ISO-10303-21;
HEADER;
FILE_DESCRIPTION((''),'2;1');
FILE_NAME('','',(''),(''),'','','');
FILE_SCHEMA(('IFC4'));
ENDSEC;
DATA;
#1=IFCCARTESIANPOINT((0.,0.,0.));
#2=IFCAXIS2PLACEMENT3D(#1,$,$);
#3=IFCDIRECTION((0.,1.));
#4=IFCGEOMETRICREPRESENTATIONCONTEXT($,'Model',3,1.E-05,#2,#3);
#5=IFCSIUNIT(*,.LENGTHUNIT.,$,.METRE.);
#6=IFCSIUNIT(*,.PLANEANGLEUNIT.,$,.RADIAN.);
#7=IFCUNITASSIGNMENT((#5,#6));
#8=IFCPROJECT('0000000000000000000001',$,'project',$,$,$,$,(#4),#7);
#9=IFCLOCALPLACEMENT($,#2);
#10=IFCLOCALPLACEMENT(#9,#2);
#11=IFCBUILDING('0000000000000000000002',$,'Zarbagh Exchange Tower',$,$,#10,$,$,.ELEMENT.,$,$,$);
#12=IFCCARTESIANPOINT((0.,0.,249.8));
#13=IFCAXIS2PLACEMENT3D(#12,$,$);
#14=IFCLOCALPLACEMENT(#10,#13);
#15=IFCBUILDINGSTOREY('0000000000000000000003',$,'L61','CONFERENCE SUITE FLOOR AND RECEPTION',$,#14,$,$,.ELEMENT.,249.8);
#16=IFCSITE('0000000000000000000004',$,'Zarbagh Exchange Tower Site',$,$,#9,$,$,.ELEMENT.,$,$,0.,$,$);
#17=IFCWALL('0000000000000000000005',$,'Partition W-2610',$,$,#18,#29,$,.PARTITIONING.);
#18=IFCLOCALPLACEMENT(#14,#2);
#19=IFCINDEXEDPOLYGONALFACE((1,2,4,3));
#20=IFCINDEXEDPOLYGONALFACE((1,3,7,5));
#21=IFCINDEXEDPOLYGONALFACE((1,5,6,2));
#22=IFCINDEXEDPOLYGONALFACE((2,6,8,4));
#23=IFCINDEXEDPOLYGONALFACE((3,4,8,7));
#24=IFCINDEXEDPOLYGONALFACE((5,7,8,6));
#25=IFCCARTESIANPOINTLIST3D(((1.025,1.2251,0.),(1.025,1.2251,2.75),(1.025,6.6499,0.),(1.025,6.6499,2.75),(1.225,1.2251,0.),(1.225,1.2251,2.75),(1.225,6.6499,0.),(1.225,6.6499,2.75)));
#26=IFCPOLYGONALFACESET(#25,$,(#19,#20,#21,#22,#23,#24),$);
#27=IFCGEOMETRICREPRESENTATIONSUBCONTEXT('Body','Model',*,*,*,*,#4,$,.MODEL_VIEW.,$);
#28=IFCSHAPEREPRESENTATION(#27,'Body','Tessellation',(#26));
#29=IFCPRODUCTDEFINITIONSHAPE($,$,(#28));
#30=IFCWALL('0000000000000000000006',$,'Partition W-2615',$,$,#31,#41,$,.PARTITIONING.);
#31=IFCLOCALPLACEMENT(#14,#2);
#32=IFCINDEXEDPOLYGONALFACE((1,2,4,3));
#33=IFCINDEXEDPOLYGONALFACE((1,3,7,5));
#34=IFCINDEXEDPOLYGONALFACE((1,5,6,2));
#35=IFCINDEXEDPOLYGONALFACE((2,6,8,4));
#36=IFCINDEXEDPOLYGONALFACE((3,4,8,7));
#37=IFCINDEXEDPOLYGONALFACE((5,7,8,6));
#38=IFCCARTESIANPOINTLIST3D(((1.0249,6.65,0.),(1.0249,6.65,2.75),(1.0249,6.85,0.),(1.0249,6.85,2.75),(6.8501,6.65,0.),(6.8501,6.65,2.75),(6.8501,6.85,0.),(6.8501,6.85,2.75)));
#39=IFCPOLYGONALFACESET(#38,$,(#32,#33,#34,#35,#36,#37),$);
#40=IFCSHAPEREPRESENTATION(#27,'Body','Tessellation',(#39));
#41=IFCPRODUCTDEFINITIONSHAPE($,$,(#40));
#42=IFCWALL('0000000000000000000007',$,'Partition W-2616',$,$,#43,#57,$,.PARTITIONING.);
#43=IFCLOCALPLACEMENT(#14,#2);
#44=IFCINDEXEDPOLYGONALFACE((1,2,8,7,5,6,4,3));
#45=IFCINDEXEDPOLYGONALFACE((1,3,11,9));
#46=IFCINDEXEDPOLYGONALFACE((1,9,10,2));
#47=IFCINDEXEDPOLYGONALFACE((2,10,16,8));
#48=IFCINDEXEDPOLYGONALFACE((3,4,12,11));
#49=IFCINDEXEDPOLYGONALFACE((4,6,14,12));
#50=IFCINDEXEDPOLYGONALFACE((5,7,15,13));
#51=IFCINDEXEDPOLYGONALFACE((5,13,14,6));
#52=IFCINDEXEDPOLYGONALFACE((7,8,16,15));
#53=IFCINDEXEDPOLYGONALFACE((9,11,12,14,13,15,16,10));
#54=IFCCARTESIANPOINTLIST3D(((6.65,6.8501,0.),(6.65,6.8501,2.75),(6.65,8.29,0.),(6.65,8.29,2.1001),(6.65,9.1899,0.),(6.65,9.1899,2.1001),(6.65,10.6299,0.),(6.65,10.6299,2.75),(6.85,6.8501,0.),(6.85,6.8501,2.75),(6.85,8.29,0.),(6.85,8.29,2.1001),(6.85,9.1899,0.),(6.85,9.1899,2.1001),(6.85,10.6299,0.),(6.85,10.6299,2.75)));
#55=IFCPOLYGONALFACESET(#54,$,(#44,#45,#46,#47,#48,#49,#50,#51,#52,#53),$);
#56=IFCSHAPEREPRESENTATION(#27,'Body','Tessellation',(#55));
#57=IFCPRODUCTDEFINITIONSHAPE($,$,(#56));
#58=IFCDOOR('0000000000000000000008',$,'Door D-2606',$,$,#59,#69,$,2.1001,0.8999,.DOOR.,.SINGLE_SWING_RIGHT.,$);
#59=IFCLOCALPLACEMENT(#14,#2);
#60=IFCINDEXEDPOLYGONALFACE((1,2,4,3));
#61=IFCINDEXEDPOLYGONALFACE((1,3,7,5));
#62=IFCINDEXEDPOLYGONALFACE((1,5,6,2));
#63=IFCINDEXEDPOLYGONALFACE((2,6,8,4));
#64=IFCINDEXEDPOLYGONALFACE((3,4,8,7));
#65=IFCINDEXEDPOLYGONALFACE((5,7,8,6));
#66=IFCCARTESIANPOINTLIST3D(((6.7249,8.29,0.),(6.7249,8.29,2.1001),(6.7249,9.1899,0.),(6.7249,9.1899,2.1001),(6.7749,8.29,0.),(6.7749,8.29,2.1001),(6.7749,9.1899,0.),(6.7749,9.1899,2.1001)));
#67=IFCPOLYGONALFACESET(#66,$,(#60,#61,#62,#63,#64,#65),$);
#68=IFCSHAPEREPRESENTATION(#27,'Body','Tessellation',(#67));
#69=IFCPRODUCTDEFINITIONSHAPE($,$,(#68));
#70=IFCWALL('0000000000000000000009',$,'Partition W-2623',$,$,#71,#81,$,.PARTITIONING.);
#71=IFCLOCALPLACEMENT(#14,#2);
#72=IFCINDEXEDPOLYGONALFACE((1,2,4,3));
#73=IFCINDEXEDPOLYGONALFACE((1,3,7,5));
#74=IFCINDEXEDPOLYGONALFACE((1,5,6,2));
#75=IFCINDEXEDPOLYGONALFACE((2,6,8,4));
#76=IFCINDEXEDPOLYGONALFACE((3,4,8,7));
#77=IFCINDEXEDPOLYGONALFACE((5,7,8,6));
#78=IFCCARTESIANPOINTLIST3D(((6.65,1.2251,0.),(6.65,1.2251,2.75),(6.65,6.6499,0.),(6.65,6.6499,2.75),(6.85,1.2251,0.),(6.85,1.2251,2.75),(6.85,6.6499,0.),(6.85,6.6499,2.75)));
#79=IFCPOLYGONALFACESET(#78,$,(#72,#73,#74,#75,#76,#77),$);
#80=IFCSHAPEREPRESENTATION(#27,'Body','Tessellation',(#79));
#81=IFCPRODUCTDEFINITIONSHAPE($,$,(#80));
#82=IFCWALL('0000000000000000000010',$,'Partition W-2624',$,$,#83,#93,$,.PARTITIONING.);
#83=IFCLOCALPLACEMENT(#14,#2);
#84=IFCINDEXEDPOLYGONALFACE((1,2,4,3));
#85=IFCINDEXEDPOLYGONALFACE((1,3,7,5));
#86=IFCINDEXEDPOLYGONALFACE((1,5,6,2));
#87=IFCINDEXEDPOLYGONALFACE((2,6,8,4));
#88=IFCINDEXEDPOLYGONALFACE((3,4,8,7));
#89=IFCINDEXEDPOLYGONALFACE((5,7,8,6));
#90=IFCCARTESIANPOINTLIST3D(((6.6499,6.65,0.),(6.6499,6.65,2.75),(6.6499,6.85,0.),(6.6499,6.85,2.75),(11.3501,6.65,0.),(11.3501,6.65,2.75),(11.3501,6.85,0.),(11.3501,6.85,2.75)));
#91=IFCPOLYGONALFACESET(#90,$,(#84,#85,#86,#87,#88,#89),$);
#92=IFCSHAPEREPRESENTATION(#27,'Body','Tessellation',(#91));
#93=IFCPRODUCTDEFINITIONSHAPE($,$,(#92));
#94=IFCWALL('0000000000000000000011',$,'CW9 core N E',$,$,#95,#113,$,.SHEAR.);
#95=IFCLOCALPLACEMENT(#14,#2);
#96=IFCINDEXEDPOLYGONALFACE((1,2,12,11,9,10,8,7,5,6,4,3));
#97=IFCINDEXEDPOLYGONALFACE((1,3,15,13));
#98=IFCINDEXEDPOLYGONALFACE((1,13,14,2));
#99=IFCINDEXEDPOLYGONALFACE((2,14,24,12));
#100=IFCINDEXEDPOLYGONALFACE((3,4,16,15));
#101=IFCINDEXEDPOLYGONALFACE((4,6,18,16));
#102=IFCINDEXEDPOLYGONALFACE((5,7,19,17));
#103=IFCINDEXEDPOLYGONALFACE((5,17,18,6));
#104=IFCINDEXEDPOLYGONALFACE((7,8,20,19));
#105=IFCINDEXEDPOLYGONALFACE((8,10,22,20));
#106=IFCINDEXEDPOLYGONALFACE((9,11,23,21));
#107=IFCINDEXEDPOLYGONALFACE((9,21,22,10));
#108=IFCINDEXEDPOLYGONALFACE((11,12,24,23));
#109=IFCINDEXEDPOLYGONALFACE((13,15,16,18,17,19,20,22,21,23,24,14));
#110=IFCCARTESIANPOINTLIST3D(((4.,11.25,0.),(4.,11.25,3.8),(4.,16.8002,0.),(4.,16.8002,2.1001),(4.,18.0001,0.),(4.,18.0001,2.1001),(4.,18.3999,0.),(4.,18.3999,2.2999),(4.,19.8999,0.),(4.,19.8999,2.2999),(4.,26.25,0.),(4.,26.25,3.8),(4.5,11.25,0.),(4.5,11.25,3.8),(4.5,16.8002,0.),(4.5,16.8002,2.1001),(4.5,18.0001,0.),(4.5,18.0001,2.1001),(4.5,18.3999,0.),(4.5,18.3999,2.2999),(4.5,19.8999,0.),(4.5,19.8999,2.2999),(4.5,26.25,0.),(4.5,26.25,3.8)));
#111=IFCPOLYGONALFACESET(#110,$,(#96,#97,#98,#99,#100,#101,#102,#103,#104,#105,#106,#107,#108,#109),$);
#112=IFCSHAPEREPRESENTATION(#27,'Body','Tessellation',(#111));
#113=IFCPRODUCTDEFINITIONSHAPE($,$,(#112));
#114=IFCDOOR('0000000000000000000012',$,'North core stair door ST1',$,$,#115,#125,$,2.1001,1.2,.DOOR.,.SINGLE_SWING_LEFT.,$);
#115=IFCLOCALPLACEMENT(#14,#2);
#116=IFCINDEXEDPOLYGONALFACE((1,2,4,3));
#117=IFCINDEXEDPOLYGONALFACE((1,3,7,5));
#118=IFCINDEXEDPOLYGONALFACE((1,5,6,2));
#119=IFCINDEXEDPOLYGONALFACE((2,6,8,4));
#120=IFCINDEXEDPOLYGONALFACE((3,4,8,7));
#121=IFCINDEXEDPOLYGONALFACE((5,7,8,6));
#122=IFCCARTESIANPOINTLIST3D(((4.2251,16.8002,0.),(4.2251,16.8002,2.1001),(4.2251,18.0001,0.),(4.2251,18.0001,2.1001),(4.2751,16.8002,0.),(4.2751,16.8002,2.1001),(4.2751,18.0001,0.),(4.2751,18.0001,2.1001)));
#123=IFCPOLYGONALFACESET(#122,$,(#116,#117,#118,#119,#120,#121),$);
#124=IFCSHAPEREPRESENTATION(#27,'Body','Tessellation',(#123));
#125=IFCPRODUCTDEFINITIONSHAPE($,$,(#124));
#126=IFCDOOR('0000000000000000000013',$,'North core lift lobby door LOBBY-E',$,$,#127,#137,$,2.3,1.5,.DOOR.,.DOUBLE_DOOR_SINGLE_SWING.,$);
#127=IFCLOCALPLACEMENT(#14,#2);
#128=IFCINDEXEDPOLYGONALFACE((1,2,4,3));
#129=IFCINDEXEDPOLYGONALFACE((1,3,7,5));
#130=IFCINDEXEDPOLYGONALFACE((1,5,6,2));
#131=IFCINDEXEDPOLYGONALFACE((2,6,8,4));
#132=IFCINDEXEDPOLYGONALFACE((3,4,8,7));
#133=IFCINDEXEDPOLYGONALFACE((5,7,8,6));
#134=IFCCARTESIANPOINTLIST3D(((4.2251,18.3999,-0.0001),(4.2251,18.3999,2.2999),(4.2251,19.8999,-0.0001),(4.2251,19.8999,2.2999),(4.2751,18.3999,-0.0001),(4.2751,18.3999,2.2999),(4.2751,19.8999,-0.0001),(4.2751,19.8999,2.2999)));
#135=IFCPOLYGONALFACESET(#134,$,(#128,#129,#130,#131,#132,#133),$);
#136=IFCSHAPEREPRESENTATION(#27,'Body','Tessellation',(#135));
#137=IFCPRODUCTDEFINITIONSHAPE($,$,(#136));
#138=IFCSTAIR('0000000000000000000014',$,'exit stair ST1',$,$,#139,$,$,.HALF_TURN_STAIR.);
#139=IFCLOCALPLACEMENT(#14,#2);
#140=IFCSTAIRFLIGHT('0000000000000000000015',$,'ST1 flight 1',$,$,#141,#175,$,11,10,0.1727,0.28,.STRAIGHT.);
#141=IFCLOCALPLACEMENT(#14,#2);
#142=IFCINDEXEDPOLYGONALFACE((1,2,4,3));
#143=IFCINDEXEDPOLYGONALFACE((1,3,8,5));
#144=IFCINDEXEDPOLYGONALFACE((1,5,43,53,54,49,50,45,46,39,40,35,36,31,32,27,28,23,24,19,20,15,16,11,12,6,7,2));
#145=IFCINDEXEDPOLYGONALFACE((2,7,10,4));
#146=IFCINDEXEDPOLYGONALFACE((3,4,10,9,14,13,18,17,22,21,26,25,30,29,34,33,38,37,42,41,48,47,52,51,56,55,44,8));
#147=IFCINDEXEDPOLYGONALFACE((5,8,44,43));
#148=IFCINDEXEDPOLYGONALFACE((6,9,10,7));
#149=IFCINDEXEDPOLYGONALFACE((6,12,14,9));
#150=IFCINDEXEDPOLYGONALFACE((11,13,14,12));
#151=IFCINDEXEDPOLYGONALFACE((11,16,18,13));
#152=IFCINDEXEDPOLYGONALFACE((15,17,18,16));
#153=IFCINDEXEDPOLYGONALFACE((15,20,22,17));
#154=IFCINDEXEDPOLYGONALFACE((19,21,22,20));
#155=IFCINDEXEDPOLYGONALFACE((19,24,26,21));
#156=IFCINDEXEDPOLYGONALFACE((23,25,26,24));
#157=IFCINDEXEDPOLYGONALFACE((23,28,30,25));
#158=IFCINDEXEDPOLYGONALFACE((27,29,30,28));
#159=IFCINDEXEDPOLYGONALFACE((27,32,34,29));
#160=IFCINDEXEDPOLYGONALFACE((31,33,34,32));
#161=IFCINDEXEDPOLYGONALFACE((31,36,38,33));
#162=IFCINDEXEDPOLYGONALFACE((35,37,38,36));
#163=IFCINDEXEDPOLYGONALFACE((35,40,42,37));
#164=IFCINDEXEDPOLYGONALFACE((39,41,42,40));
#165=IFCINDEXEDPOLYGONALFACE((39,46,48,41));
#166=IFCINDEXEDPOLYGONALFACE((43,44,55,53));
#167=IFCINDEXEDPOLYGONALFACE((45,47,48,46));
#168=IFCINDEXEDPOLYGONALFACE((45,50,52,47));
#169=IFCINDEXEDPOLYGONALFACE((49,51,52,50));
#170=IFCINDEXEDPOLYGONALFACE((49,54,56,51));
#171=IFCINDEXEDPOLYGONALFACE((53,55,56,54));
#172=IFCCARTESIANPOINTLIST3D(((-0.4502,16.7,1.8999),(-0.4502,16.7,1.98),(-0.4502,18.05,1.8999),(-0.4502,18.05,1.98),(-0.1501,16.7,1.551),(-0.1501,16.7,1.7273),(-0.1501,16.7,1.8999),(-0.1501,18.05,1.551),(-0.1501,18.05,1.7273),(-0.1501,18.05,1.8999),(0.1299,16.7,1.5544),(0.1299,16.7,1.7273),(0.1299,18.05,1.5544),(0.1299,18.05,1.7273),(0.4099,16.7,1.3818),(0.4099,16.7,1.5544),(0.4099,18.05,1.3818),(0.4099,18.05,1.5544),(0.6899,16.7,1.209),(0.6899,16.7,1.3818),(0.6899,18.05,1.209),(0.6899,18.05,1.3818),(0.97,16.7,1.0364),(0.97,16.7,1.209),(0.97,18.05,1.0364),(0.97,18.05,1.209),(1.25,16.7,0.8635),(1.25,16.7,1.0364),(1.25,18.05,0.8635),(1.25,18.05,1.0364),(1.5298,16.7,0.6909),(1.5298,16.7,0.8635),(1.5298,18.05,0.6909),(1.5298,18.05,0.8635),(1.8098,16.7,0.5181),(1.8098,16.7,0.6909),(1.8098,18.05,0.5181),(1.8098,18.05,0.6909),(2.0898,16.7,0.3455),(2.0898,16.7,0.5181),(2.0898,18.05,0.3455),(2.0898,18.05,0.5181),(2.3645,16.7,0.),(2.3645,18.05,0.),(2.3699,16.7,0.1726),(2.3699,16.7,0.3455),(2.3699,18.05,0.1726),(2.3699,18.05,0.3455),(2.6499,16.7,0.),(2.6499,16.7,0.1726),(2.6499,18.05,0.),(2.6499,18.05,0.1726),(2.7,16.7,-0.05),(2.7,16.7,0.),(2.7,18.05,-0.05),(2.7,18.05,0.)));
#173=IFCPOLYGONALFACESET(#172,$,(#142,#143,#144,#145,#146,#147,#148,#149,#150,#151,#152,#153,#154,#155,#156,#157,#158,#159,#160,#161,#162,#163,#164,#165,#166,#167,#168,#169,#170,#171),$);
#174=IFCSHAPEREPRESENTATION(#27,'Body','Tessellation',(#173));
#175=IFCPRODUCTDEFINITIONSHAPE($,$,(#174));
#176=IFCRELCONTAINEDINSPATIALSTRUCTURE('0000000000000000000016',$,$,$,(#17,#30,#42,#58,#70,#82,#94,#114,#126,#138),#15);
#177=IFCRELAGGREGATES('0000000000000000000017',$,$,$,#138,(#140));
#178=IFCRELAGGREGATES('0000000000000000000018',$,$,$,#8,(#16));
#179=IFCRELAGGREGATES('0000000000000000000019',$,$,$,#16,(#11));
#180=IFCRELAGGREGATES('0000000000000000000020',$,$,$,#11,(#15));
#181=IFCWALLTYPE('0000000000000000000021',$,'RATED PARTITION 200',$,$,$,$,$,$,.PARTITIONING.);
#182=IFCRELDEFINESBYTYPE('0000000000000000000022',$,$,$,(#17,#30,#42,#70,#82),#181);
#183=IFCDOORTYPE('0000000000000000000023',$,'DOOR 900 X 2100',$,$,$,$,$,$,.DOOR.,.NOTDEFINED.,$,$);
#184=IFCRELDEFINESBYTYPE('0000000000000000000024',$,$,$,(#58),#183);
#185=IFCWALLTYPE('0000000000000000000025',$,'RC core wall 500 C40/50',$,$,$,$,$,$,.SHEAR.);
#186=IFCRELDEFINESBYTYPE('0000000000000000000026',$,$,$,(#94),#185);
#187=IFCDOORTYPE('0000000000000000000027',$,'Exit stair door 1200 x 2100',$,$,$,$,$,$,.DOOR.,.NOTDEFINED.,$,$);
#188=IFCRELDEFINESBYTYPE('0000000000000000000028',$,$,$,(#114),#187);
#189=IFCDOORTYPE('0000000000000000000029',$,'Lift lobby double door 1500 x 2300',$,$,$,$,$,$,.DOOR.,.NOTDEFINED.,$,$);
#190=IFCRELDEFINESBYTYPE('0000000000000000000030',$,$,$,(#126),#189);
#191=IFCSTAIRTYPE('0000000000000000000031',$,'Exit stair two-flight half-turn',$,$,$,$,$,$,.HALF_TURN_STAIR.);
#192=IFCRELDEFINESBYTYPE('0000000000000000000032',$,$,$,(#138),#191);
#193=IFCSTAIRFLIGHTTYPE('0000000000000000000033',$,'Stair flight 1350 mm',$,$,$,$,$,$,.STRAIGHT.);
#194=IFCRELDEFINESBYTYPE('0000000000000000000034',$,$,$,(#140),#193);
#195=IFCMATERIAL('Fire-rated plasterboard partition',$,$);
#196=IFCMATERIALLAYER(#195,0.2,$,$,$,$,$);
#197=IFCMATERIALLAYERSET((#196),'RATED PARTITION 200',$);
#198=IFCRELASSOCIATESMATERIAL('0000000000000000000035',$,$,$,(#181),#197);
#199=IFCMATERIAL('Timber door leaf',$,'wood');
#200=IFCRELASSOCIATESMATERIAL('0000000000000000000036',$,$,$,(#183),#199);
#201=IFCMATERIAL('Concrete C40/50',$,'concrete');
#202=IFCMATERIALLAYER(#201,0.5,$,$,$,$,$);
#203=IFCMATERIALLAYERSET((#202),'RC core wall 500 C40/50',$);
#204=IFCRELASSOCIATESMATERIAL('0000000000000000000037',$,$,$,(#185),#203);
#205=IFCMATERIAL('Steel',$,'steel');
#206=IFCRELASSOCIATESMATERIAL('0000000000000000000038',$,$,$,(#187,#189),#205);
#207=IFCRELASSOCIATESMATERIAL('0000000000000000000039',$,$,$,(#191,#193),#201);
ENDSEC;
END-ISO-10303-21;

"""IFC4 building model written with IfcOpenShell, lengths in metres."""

from ifc_helpers import new_model, si_unit, direction, frame, frame_2d, origin, place, context, subcontext, project, spatial, polyline, rectangle, outline, extrude, material, layer, layer_set, type_object, element, fill, aggregate, save


model = new_model("IFC4")

# Units and contexts
model_context = context("Model", 3, precision=1e-05, world=origin(), true_north=direction((0.0, 1.0)))
body_context = subcontext(model_context, "Body", "Model", "MODEL_VIEW")
ifc_project = project(units=[si_unit("LENGTHUNIT", "METRE"), si_unit("PLANEANGLEUNIT", "RADIAN")], contexts=[model_context])

# Site, building, storey
site_placement = place(None, origin())
site = spatial("IfcSite", under=ifc_project, at=site_placement, Name="Zarbagh Exchange Tower Site", CompositionType="ELEMENT", RefElevation=0.0)
building_placement = place(site_placement, origin())
building = spatial("IfcBuilding", under=site, at=building_placement, Name="Zarbagh Exchange Tower", CompositionType="ELEMENT")
storey_placement = place(building_placement, frame((0.0, 0.0, 249.8)))
storey = spatial("IfcBuildingStorey", under=building, at=storey_placement, Name="L61", Description="CONFERENCE SUITE FLOOR AND RECEPTION", CompositionType="ELEMENT", Elevation=249.8)

# Shared definitions
ifc_material_1 = material(Name="Concrete C40/50", Category="concrete")

# Shared definitions
ifc_material_2 = material(Name="Fire-rated plasterboard partition")
ifc_layer_1 = layer(ifc_material_2, 0.2)
ifc_layer_set_1 = layer_set([ifc_layer_1], Name="RATED PARTITION 200")
wall_type_1 = type_object("IfcWallType", Name="RATED PARTITION 200", PredefinedType="PARTITIONING", material=ifc_layer_set_1)

# Walls
wall_1_placement = place(storey_placement, frame((1.125, 1.2251, 0.0), z_axis=(0.0, 0.0, 1.0), x_axis=(0.0, 1.0, 0.0)))
element("IfcWall", 1, at=wall_1_placement, inside=storey, type_object=wall_type_1, Name="Partition W-2610", PredefinedType="PARTITIONING", context=body_context, shape_type="SweptSolid", body=[
    extrude(rectangle(XDim=5.4248, YDim=0.2, at=frame_2d((2.7124, 0.0))), origin(), (0.0, 0.0, 1.0), 2.75),
])
wall_2_placement = place(storey_placement, frame((1.0249, 6.75, 0.0), z_axis=(0.0, 0.0, 1.0), x_axis=(1.0, 0.0, 0.0)))
element("IfcWall", 2, at=wall_2_placement, inside=storey, type_object=wall_type_1, Name="Partition W-2615", PredefinedType="PARTITIONING", context=body_context, shape_type="SweptSolid", body=[
    extrude(rectangle(XDim=5.8252, YDim=0.2, at=frame_2d((2.9126, 0.0))), origin(), (0.0, 0.0, 1.0), 2.75),
])

# Wall, opening, door
wall_3_placement = place(storey_placement, frame((6.75, 10.6299, 0.0), z_axis=(0.0, 0.0, 1.0), x_axis=(0.0, -1.0, 0.0)))
wall_3 = element("IfcWall", 3, at=wall_3_placement, inside=storey, type_object=wall_type_1, Name="Partition W-2616", PredefinedType="PARTITIONING", context=body_context, shape_type="SweptSolid", body=[
    extrude(rectangle(XDim=3.7798, YDim=0.2, at=frame_2d((1.8899, 0.0))), origin(), (0.0, 0.0, 1.0), 2.75),
])
opening_1_placement = place(wall_3_placement, frame((1.4399, 0.0, 0.0)))
opening_1 = element("IfcOpeningElement", 4, at=opening_1_placement, cuts=wall_3, PredefinedType="OPENING", context=body_context, shape_type="SweptSolid", body=[
    extrude(rectangle(XDim=0.8999, YDim=2.1001, at=frame_2d((0.45, 1.05))), frame((0.0, 0.1099, 0.0), z_axis=(0.0, -1.0, 0.0), x_axis=(1.0, 0.0, 0.0)), (0.0, 0.0, 1.0), 0.22),
])
ifc_material_3 = material(Name="Timber door leaf", Category="wood")
door_type_1 = type_object("IfcDoorType", Name="DOOR 900 X 2100", OperationType="NOTDEFINED", PredefinedType="DOOR", material=ifc_material_3)
door_1_placement = place(opening_1_placement, origin())
door_1 = element("IfcDoor", 5, at=door_1_placement, inside=storey, type_object=door_type_1, Name="Door D-2606", OperationType="SINGLE_SWING_RIGHT", OverallHeight=2.1001, OverallWidth=0.8999, PredefinedType="DOOR", context=body_context, shape_type="SweptSolid", body=[
    extrude(rectangle(XDim=0.8999, YDim=2.1001, at=frame_2d((0.45, 1.05))), frame((0.0, 0.0249, 0.0), z_axis=(0.0, -1.0, 0.0), x_axis=(1.0, 0.0, 0.0)), (0.0, 0.0, 1.0), 0.05),
])
fill(opening_1, door_1)

# Walls
wall_4_placement = place(storey_placement, frame((6.75, 1.2251, 0.0), z_axis=(0.0, 0.0, 1.0), x_axis=(0.0, 1.0, 0.0)))
element("IfcWall", 6, at=wall_4_placement, inside=storey, type_object=wall_type_1, Name="Partition W-2623", PredefinedType="PARTITIONING", context=body_context, shape_type="SweptSolid", body=[
    extrude(rectangle(XDim=5.4248, YDim=0.2, at=frame_2d((2.7124, 0.0))), origin(), (0.0, 0.0, 1.0), 2.75),
])
wall_5_placement = place(storey_placement, frame((6.6499, 6.75, 0.0), z_axis=(0.0, 0.0, 1.0), x_axis=(1.0, 0.0, 0.0)))
element("IfcWall", 7, at=wall_5_placement, inside=storey, type_object=wall_type_1, Name="Partition W-2624", PredefinedType="PARTITIONING", context=body_context, shape_type="SweptSolid", body=[
    extrude(rectangle(XDim=4.7002, YDim=0.2, at=frame_2d((2.3501, 0.0))), origin(), (0.0, 0.0, 1.0), 2.75),
])

# Wall, openings, doors
ifc_layer_2 = layer(ifc_material_1, 0.5)
ifc_layer_set_2 = layer_set([ifc_layer_2], Name="RC core wall 500 C40/50")
wall_type_2 = type_object("IfcWallType", Name="RC core wall 500 C40/50", PredefinedType="SHEAR", material=ifc_layer_set_2)
wall_6_placement = place(storey_placement, frame((4.25, 11.25, 0.0), z_axis=(0.0, 0.0, 1.0), x_axis=(0.0, 1.0, 0.0)))
wall_6 = element("IfcWall", 8, at=wall_6_placement, inside=storey, type_object=wall_type_2, Name="CW9 core N E", PredefinedType="SHEAR", context=body_context, shape_type="SweptSolid", body=[
    extrude(rectangle(XDim=15.0, YDim=0.5, at=frame_2d((7.5, 0.0))), origin(), (0.0, 0.0, 1.0), 3.8),
])
opening_2_placement = place(wall_6_placement, frame((7.1499, 0.0, 0.0)))
opening_2 = element("IfcOpeningElement", 9, at=opening_2_placement, cuts=wall_6, PredefinedType="OPENING", context=body_context, shape_type="SweptSolid", body=[
    extrude(rectangle(XDim=1.5, YDim=2.3, at=frame_2d((0.75, 1.1499))), frame((0.0, 0.26, 0.0), z_axis=(0.0, -1.0, 0.0), x_axis=(1.0, 0.0, 0.0)), (0.0, 0.0, 1.0), 0.52),
])
opening_3_placement = place(wall_6_placement, frame((5.55, 0.0, 0.0)))
opening_3 = element("IfcOpeningElement", 10, at=opening_3_placement, cuts=wall_6, PredefinedType="OPENING", context=body_context, shape_type="SweptSolid", body=[
    extrude(rectangle(XDim=1.2, YDim=2.1001, at=frame_2d((0.6001, 1.05))), frame((0.0, 0.26, 0.0), z_axis=(0.0, -1.0, 0.0), x_axis=(1.0, 0.0, 0.0)), (0.0, 0.0, 1.0), 0.52),
])
ifc_material_4 = material(Name="Steel", Category="steel")
door_type_2 = type_object("IfcDoorType", Name="Exit stair door 1200 x 2100", OperationType="NOTDEFINED", PredefinedType="DOOR", material=ifc_material_4)
door_2_placement = place(opening_3_placement, origin())
door_2 = element("IfcDoor", 11, at=door_2_placement, inside=storey, type_object=door_type_2, Name="North core stair door ST1", OperationType="SINGLE_SWING_LEFT", OverallHeight=2.1001, OverallWidth=1.2, PredefinedType="DOOR", context=body_context, shape_type="SweptSolid", body=[
    extrude(rectangle(XDim=1.2, YDim=2.1001, at=frame_2d((0.6001, 1.05))), frame((0.0, 0.0249, 0.0), z_axis=(0.0, -1.0, 0.0), x_axis=(1.0, 0.0, 0.0)), (0.0, 0.0, 1.0), 0.05),
])
fill(opening_3, door_2)
door_type_3 = type_object("IfcDoorType", Name="Lift lobby double door 1500 x 2300", OperationType="NOTDEFINED", PredefinedType="DOOR", material=ifc_material_4)
door_3_placement = place(opening_2_placement, origin())
door_3 = element("IfcDoor", 12, at=door_3_placement, inside=storey, type_object=door_type_3, Name="North core lift lobby door LOBBY-E", OperationType="DOUBLE_DOOR_SINGLE_SWING", OverallHeight=2.3, OverallWidth=1.5, PredefinedType="DOOR", context=body_context, shape_type="SweptSolid", body=[
    extrude(rectangle(XDim=1.5, YDim=2.3, at=frame_2d((0.75, 1.1499))), frame((0.0, 0.0249, 0.0), z_axis=(0.0, -1.0, 0.0), x_axis=(1.0, 0.0, 0.0)), (0.0, 0.0, 1.0), 0.05),
])
fill(opening_2, door_3)

# Stair, stair flight
stair_type = type_object("IfcStairType", Name="Exit stair two-flight half-turn", PredefinedType="HALF_TURN_STAIR", material=ifc_material_1)
stair_placement = place(storey_placement, origin())
stair = element("IfcStair", 13, at=stair_placement, inside=storey, type_object=stair_type, Name="exit stair ST1", PredefinedType="HALF_TURN_STAIR")
stair_flight_type = type_object("IfcStairFlightType", Name="Stair flight 1350 mm", PredefinedType="STRAIGHT", material=ifc_material_1)
stair_flight_placement = place(storey_placement, frame((2.6499, 17.375, 0.0), z_axis=(0.0, 0.0, 1.0), x_axis=(-1.0, 0.0, 0.0)))
stair_flight = element("IfcStairFlight", 14, at=stair_flight_placement, type_object=stair_flight_type, Name="ST1 flight 1", NumberOfRisers=11, NumberOfTreads=10, PredefinedType="STRAIGHT", RiserHeight=0.1727, TreadLength=0.28, context=body_context, shape_type="SweptSolid", body=[
    extrude(outline(polyline([(-0.05, -0.05), (-0.05, 0.0), (0.0, 0.0), (0.0, 0.1726), (0.28, 0.1726), (0.28, 0.3455), (0.5601, 0.3455), (0.5601, 0.5181), (0.8401, 0.5181), (0.8401, 0.6909), (1.1201, 0.6909), (1.1201, 0.8635), (1.3999, 0.8635), (1.3999, 1.0364), (1.6799, 1.0364), (1.6799, 1.209), (1.96, 1.209), (1.96, 1.3818), (2.24, 1.3818), (2.24, 1.5544), (2.52, 1.5544), (2.52, 1.7273), (2.8, 1.7273), (2.8, 1.8999), (3.1001, 1.98), (3.1001, 1.8999), (2.8, 1.551), (0.2854, 0.0), (-0.05, -0.05)])), frame((0.0, 0.675, 0.0), z_axis=(0.0, -1.0, 0.0), x_axis=(1.0, 0.0, 0.0)), (0.0, 0.0, 1.0), 1.3501),
])
aggregate(stair, [stair_flight])

save(model, "model.ifc")
